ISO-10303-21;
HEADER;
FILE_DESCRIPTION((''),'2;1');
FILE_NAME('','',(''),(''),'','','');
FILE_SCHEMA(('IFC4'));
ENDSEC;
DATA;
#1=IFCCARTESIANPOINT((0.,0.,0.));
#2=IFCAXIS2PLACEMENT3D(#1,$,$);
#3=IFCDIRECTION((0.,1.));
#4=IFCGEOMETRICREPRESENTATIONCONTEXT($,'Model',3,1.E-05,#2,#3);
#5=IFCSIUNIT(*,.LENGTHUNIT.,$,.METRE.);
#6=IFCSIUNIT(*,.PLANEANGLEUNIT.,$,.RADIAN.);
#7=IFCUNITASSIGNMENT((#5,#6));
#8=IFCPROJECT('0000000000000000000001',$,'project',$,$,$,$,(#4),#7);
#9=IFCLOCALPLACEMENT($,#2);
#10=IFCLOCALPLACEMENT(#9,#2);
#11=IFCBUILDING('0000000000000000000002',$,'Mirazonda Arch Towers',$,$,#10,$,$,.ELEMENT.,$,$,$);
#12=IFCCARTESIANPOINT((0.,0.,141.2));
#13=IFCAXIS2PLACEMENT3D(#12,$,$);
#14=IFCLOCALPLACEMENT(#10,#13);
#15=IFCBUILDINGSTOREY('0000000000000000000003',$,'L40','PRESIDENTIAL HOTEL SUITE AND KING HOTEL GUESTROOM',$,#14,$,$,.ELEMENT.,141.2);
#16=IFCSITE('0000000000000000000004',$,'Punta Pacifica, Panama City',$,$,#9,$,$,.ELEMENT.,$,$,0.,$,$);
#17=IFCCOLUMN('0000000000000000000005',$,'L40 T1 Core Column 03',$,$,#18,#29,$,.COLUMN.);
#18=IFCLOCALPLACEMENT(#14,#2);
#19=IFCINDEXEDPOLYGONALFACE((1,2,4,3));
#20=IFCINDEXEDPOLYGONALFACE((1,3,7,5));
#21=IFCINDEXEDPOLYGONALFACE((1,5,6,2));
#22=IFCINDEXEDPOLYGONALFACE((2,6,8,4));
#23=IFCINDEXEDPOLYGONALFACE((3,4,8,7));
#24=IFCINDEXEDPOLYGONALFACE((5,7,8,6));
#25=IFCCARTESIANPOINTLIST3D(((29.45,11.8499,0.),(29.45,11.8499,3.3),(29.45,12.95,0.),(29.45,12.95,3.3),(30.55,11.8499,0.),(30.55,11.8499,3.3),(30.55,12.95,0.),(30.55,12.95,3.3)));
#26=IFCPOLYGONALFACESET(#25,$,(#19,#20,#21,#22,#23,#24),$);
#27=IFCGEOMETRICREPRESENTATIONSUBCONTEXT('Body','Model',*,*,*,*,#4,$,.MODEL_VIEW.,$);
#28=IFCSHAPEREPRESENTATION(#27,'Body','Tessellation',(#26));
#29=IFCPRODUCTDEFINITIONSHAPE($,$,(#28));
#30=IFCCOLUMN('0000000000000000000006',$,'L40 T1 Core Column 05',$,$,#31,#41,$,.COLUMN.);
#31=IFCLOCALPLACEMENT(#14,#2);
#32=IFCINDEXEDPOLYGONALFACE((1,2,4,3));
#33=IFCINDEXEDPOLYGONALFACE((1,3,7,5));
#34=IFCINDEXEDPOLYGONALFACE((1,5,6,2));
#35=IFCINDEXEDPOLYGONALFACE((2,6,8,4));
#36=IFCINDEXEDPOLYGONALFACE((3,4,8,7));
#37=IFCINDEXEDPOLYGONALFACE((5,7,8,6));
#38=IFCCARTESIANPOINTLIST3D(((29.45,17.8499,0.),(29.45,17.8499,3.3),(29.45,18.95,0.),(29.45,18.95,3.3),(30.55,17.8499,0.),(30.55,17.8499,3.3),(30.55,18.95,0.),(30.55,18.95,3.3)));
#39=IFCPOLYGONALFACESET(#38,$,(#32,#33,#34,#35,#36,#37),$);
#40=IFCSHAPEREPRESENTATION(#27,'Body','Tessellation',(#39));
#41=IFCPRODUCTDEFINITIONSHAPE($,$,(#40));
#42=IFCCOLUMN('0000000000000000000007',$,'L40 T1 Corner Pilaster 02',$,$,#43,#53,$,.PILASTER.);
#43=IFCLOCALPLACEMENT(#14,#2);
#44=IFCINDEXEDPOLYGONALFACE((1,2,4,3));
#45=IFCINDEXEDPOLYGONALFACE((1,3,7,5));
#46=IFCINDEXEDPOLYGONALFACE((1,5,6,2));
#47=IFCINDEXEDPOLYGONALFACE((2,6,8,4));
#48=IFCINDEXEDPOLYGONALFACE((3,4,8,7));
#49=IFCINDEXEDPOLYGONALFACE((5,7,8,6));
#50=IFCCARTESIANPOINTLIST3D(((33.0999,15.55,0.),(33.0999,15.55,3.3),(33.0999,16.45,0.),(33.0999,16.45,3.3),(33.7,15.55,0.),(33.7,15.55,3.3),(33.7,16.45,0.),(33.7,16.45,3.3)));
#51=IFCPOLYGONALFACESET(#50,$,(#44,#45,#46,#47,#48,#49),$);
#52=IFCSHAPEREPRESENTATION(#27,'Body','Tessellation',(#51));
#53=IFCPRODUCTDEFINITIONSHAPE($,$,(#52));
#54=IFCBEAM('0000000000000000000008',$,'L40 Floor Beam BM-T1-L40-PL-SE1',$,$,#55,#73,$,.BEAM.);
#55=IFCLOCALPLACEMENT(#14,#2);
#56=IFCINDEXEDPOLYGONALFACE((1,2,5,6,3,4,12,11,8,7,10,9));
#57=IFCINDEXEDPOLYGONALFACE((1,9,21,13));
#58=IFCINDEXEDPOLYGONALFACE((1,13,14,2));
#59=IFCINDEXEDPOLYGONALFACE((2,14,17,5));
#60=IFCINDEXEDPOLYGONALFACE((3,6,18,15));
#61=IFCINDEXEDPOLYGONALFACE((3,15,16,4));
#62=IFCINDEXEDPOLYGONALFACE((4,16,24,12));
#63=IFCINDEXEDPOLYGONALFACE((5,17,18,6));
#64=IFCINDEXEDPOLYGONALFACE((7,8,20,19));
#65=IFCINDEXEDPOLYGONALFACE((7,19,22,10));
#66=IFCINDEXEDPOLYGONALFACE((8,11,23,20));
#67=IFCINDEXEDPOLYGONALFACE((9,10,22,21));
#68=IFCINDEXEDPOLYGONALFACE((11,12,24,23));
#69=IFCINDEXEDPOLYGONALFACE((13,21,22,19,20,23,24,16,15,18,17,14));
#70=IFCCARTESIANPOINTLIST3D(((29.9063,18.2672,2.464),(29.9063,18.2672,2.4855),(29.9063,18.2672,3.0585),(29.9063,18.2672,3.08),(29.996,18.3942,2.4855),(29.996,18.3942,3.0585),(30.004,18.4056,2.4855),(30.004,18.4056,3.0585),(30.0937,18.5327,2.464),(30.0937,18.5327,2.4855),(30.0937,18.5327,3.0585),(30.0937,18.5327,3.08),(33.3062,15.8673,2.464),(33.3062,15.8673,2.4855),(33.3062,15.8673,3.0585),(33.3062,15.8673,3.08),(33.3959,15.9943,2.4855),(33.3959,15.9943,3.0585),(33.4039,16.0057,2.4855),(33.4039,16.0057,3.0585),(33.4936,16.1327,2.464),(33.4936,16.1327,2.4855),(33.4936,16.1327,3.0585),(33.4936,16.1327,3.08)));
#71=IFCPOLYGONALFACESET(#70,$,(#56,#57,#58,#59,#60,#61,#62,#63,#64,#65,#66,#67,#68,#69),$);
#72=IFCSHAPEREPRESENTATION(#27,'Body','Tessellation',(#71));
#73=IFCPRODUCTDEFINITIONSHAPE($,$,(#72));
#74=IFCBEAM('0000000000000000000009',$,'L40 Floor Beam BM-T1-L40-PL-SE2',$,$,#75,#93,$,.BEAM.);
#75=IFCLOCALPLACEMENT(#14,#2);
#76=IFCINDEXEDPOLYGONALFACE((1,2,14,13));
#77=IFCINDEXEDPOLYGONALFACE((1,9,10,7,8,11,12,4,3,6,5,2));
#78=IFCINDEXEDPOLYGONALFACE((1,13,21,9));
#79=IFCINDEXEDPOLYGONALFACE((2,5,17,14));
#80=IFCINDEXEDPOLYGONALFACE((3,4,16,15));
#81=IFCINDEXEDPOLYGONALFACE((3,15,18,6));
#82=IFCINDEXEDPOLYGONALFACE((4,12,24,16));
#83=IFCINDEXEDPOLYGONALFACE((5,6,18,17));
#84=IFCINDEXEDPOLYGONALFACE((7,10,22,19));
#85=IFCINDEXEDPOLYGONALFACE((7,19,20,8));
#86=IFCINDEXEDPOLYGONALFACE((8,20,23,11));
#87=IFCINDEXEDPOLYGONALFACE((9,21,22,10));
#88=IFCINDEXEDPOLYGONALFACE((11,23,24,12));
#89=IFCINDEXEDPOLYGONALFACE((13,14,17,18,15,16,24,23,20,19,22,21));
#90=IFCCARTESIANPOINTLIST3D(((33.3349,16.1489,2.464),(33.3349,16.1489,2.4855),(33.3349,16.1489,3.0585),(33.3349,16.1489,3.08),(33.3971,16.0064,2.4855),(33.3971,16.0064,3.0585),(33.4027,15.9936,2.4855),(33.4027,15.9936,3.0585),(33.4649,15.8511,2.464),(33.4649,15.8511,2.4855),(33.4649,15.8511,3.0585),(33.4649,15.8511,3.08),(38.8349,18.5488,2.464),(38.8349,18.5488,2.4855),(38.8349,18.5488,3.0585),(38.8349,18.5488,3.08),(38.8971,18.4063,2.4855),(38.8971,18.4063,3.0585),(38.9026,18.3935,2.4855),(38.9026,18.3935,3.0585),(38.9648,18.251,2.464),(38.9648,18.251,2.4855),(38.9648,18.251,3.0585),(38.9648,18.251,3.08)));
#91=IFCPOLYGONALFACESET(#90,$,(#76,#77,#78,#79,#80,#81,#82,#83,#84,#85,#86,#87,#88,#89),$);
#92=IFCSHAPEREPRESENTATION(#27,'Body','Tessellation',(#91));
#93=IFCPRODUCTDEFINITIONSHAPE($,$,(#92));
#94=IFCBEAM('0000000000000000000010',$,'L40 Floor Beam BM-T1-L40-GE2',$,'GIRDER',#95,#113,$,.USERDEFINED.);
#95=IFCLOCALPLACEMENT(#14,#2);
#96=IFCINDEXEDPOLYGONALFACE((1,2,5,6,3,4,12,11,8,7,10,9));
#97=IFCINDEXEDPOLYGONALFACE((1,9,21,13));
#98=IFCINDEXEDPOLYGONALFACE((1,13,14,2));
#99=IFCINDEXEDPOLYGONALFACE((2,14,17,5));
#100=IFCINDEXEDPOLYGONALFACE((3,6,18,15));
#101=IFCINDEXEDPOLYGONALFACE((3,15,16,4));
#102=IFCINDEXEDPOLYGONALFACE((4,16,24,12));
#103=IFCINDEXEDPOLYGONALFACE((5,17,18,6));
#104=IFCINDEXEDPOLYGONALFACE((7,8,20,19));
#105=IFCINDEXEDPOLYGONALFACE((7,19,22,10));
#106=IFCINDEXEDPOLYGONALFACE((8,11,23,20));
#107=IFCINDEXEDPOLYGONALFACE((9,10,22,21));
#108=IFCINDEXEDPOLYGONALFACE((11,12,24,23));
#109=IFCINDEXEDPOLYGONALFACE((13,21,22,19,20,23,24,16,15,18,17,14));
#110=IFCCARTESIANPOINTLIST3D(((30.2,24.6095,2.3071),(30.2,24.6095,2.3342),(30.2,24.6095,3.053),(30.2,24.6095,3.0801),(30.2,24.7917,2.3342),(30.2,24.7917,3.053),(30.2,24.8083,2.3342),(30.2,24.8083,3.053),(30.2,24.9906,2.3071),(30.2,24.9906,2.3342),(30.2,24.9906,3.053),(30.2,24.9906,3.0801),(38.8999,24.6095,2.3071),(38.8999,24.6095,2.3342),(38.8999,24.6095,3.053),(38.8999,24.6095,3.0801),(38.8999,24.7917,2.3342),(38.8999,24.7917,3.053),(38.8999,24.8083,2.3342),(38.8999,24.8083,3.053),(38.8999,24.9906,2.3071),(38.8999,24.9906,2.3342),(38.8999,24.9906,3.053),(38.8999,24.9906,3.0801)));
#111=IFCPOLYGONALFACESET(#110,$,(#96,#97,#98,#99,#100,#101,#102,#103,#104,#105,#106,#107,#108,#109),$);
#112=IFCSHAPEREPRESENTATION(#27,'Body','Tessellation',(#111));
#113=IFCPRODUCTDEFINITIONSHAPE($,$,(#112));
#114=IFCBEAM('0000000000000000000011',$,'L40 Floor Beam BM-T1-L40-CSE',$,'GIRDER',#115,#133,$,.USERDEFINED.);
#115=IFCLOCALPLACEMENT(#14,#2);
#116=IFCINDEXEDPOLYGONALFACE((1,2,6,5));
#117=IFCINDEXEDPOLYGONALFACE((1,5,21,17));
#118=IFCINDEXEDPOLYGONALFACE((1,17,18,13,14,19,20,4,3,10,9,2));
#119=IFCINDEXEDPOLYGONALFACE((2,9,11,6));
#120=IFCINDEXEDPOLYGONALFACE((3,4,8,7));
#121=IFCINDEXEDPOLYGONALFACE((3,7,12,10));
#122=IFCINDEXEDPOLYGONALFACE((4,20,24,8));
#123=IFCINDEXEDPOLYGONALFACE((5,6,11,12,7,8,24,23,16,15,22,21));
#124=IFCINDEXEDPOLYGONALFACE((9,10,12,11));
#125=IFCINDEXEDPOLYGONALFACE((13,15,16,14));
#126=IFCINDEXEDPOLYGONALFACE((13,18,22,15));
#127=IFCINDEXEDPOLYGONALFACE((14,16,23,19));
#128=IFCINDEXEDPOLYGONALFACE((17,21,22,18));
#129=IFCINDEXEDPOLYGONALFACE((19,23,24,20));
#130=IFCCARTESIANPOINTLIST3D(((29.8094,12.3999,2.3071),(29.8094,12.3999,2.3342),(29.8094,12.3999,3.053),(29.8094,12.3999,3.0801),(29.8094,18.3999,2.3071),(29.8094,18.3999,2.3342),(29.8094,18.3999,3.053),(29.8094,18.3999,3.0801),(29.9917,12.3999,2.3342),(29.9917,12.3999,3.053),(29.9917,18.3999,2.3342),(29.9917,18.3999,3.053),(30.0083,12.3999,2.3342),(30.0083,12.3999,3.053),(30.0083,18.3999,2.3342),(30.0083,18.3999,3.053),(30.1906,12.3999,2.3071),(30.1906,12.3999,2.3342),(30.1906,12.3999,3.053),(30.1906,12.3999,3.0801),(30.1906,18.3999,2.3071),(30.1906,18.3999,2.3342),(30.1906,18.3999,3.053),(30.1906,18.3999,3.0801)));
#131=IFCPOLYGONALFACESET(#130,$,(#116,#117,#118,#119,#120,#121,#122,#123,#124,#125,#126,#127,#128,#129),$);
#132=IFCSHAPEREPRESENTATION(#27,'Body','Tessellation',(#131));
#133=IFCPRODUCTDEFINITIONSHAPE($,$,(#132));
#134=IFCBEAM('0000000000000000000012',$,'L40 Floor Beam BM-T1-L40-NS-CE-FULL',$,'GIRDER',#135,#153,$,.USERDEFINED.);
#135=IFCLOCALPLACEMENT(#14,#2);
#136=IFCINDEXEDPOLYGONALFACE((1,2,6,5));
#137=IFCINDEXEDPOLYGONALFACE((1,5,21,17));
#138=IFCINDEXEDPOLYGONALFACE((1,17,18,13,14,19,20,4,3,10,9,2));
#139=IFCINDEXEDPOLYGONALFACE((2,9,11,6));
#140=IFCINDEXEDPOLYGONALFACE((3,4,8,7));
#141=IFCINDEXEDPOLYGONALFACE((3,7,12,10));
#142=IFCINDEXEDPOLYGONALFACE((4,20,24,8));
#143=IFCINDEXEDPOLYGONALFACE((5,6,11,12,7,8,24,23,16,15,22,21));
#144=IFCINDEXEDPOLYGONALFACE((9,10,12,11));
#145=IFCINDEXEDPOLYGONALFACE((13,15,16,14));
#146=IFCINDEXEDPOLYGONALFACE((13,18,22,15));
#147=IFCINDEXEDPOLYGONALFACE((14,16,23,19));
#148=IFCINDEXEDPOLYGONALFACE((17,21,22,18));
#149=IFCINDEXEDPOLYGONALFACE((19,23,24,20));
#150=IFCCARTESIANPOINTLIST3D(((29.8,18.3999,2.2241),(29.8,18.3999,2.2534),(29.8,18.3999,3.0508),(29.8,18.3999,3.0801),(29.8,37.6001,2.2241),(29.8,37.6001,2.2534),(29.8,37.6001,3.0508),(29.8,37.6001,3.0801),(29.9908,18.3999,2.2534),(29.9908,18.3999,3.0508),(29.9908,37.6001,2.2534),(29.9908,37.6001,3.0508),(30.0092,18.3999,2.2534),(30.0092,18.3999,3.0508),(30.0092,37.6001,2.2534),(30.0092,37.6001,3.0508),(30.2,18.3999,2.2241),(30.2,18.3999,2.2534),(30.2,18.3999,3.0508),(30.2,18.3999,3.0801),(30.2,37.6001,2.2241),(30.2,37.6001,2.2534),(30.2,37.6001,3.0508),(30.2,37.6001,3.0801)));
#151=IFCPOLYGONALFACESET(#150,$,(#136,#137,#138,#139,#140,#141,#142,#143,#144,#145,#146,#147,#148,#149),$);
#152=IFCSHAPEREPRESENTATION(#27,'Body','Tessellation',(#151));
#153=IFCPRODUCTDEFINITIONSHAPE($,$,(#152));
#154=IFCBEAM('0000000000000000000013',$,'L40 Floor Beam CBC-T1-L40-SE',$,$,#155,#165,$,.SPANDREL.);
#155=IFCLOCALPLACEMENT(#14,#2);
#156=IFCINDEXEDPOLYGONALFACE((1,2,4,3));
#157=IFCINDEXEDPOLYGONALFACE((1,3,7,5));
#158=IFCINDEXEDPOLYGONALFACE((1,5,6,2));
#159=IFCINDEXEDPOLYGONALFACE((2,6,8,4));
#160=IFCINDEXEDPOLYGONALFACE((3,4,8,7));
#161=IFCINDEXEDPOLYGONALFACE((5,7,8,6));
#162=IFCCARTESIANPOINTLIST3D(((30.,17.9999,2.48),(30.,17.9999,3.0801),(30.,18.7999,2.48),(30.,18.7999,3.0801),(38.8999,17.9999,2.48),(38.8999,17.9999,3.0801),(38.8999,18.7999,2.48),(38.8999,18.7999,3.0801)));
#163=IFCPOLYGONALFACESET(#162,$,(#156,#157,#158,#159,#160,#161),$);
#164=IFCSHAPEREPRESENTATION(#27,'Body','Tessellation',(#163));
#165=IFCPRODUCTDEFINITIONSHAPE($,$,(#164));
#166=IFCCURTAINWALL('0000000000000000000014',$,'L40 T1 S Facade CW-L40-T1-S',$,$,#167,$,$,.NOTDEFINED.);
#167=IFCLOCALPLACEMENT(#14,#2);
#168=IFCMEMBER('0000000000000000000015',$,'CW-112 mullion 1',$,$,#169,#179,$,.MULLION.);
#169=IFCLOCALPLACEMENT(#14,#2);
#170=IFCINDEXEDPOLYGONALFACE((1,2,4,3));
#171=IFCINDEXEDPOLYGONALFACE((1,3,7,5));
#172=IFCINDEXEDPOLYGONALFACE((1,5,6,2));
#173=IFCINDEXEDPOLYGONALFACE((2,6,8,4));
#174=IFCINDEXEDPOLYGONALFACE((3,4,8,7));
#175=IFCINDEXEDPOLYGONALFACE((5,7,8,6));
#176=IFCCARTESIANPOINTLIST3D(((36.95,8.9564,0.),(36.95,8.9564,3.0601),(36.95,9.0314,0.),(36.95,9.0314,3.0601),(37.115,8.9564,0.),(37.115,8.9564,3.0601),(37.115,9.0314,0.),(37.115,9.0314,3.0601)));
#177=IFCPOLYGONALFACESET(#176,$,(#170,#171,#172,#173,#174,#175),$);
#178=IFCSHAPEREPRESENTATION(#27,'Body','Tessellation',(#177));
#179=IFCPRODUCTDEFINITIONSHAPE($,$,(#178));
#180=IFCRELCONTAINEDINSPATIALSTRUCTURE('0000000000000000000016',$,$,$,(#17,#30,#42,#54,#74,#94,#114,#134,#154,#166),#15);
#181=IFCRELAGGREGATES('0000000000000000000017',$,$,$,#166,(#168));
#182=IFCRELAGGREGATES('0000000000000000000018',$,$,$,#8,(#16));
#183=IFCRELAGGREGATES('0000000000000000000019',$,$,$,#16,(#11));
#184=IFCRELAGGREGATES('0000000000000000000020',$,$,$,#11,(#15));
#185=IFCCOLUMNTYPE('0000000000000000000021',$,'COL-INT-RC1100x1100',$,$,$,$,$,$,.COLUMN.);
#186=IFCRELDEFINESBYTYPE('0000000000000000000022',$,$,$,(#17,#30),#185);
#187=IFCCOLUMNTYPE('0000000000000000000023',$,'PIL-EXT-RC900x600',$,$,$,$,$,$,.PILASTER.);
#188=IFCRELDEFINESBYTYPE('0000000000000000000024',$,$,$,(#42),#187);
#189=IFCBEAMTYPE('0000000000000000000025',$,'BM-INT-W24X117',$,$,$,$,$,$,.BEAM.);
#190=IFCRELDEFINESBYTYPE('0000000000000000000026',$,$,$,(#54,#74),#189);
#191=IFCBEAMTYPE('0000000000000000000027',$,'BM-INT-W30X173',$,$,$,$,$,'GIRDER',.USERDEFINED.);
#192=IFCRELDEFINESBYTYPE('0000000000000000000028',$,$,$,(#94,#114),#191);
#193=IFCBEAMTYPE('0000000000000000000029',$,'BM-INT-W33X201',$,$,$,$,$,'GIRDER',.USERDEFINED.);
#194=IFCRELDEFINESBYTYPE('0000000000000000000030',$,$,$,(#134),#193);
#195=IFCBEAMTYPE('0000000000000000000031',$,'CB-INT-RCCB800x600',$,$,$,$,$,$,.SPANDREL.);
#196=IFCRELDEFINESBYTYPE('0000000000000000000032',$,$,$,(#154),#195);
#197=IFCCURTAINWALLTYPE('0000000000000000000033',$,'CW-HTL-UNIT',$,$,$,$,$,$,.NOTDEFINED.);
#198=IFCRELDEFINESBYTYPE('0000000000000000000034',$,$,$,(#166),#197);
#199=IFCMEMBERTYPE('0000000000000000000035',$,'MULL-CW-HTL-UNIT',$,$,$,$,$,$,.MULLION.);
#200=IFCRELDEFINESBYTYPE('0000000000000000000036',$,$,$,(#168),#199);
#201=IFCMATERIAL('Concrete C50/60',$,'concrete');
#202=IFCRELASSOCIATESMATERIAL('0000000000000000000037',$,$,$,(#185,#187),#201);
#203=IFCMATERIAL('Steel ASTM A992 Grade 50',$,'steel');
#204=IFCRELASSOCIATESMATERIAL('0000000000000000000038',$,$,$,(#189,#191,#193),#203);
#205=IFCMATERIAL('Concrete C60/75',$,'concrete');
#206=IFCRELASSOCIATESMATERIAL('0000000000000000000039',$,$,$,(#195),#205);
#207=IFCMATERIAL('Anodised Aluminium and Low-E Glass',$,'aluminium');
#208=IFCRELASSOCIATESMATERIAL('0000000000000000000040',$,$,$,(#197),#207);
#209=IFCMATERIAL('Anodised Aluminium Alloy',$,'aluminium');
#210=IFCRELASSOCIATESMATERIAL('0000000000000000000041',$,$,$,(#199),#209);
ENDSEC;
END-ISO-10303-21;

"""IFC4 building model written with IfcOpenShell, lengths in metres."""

from ifc_helpers import new_model, si_unit, direction, frame, origin, origin_2d, place, context, subcontext, project, spatial, rectangle, i_section, extrude, material, material_profile, profile_set, type_object, element, aggregate, save


model = new_model("IFC4")

# Units and contexts
model_context = context("Model", 3, precision=1e-05, world=origin(), true_north=direction((0.0, 1.0)))
body_context = subcontext(model_context, "Body", "Model", "MODEL_VIEW")
ifc_project = project(units=[si_unit("LENGTHUNIT", "METRE"), si_unit("PLANEANGLEUNIT", "RADIAN")], contexts=[model_context])

# Site, building, storey
site_placement = place(None, origin())
site = spatial("IfcSite", under=ifc_project, at=site_placement, Name="Punta Pacifica, Panama City", CompositionType="ELEMENT", RefElevation=0.0)
building_placement = place(site_placement, origin())
building = spatial("IfcBuilding", under=site, at=building_placement, Name="Mirazonda Arch Towers", CompositionType="ELEMENT")
storey_placement = place(building_placement, frame((0.0, 0.0, 141.2)))
storey = spatial("IfcBuildingStorey", under=building, at=storey_placement, Name="L40", Description="PRESIDENTIAL HOTEL SUITE AND KING HOTEL GUESTROOM", CompositionType="ELEMENT", Elevation=141.2)

# Columns
ifc_material_1 = material(Name="Concrete C50/60", Category="concrete")
ifc_material_profile_1 = material_profile(ifc_material_1, rectangle(XDim=1.1001, YDim=1.1001, at=origin_2d()), Name="RC1100x1100")
ifc_profile_set_1 = profile_set([ifc_material_profile_1], Name="Concrete C50/60")
column_type_1 = type_object("IfcColumnType", Name="COL-INT-RC1100x1100", PredefinedType="COLUMN", material=ifc_profile_set_1)
for number, where, z_axis, x_axis, name in (
    (1, (30.0, 12.3999, 0.0), (0.0, 0.0, 1.0), (1.0, 0.0, 0.0), "L40 T1 Core Column 03"),
    (2, (30.0, 18.3999, 0.0), (0.0, 0.0, 1.0), (1.0, 0.0, 0.0), "L40 T1 Core Column 05"),
):
    element("IfcColumn", number, at=place(storey_placement, frame(where, z_axis=z_axis, x_axis=x_axis)), inside=storey, type_object=column_type_1, Name=name, PredefinedType="COLUMN", context=body_context, shape_type="SweptSolid", body=[
        extrude(rectangle(XDim=1.1001, YDim=1.1001, at=origin_2d()), origin(), (0.0, 0.0, 1.0), 3.3),
    ])
ifc_material_profile_2 = material_profile(ifc_material_1, rectangle(XDim=0.6001, YDim=0.8999, at=origin_2d()), Name="RC900x600")
ifc_profile_set_2 = profile_set([ifc_material_profile_2], Name="Concrete C50/60")
column_type_2 = type_object("IfcColumnType", Name="PIL-EXT-RC900x600", PredefinedType="PILASTER", material=ifc_profile_set_2)
column_placement = place(storey_placement, frame((33.3999, 16.0, 0.0), z_axis=(0.0, 0.0, 1.0), x_axis=(1.0, 0.0, 0.0)))
element("IfcColumn", 3, at=column_placement, inside=storey, type_object=column_type_2, Name="L40 T1 Corner Pilaster 02", PredefinedType="PILASTER", context=body_context, shape_type="SweptSolid", body=[
    extrude(rectangle(XDim=0.6001, YDim=0.8999, at=origin_2d()), origin(), (0.0, 0.0, 1.0), 3.3),
])

# Beams
ifc_material_2 = material(Name="Steel ASTM A992 Grade 50", Category="steel")
ifc_material_profile_3 = material_profile(ifc_material_2, i_section(OverallWidth=0.325, OverallDepth=0.616, WebThickness=0.0139, FlangeThickness=0.0215, at=origin_2d()), Name="W24X117")
ifc_profile_set_3 = profile_set([ifc_material_profile_3], Name="Steel ASTM A992 Grade 50")
beam_type_1 = type_object("IfcBeamType", Name="BM-INT-W24X117", PredefinedType="BEAM", material=ifc_profile_set_3)
beam_1_placement = place(storey_placement, frame((33.3999, 16.0, 2.772), z_axis=(-0.816971, 0.576679, 0.0), x_axis=(-0.576679, -0.816971, 0.0)))
element("IfcBeam", 4, at=beam_1_placement, inside=storey, type_object=beam_type_1, Name="L40 Floor Beam BM-T1-L40-PL-SE1", PredefinedType="BEAM", context=body_context, shape_type="SweptSolid", body=[
    extrude(i_section(OverallWidth=0.325, OverallDepth=0.616, WebThickness=0.0139, FlangeThickness=0.0215, at=origin_2d()), origin(), (0.0, 0.0, 1.0), 4.1616),
])
beam_2_placement = place(storey_placement, frame((33.3999, 16.0, 2.772), z_axis=(0.916545, 0.399931, 0.0), x_axis=(-0.399931, 0.916545, 0.0)))
element("IfcBeam", 5, at=beam_2_placement, inside=storey, type_object=beam_type_1, Name="L40 Floor Beam BM-T1-L40-PL-SE2", PredefinedType="BEAM", context=body_context, shape_type="SweptSolid", body=[
    extrude(i_section(OverallWidth=0.325, OverallDepth=0.616, WebThickness=0.0139, FlangeThickness=0.0215, at=origin_2d()), origin(), (0.0, 0.0, 1.0), 6.0007),
])
ifc_material_profile_4 = material_profile(ifc_material_2, i_section(OverallWidth=0.3811, OverallDepth=0.7729, WebThickness=0.0166, FlangeThickness=0.0271, at=origin_2d()), Name="W30X173")
ifc_profile_set_4 = profile_set([ifc_material_profile_4], Name="Steel ASTM A992 Grade 50")
beam_type_2 = type_object("IfcBeamType", Name="BM-INT-W30X173", ElementType="GIRDER", PredefinedType="USERDEFINED", material=ifc_profile_set_4)
beam_3_placement = place(storey_placement, frame((30.2, 24.8, 2.6936), z_axis=(1.0, 0.0, 0.0), x_axis=(0.0, 1.0, 0.0)))
element("IfcBeam", 6, at=beam_3_placement, inside=storey, type_object=beam_type_2, Name="L40 Floor Beam BM-T1-L40-GE2", ObjectType="GIRDER", PredefinedType="USERDEFINED", context=body_context, shape_type="SweptSolid", body=[
    extrude(i_section(OverallWidth=0.3811, OverallDepth=0.7729, WebThickness=0.0166, FlangeThickness=0.0271, at=origin_2d()), origin(), (0.0, 0.0, 1.0), 8.7),
])
beam_4_placement = place(storey_placement, frame((30.0, 12.3999, 2.6936), z_axis=(0.0, 1.0, 0.0), x_axis=(-1.0, 0.0, 0.0)))
element("IfcBeam", 7, at=beam_4_placement, inside=storey, type_object=beam_type_2, Name="L40 Floor Beam BM-T1-L40-CSE", ObjectType="GIRDER", PredefinedType="USERDEFINED", context=body_context, shape_type="SweptSolid", body=[
    extrude(i_section(OverallWidth=0.3811, OverallDepth=0.7729, WebThickness=0.0166, FlangeThickness=0.0271, at=origin_2d()), origin(), (0.0, 0.0, 1.0), 6.0),
])
ifc_material_profile_5 = material_profile(ifc_material_2, i_section(OverallWidth=0.3999, OverallDepth=0.856, WebThickness=0.0183, FlangeThickness=0.0293, at=origin_2d()), Name="W33X201")
ifc_profile_set_5 = profile_set([ifc_material_profile_5], Name="Steel ASTM A992 Grade 50")
beam_type_3 = type_object("IfcBeamType", Name="BM-INT-W33X201", ElementType="GIRDER", PredefinedType="USERDEFINED", material=ifc_profile_set_5)
beam_5_placement = place(storey_placement, frame((30.0, 18.3999, 2.6521), z_axis=(0.0, 1.0, 0.0), x_axis=(-1.0, 0.0, 0.0)))
element("IfcBeam", 8, at=beam_5_placement, inside=storey, type_object=beam_type_3, Name="L40 Floor Beam BM-T1-L40-NS-CE-FULL", ObjectType="GIRDER", PredefinedType="USERDEFINED", context=body_context, shape_type="SweptSolid", body=[
    extrude(i_section(OverallWidth=0.3999, OverallDepth=0.856, WebThickness=0.0183, FlangeThickness=0.0293, at=origin_2d()), origin(), (0.0, 0.0, 1.0), 19.2002),
])
ifc_material_3 = material(Name="Concrete C60/75", Category="concrete")
ifc_material_profile_6 = material_profile(ifc_material_3, rectangle(XDim=0.8, YDim=0.6001, at=origin_2d()), Name="RCCB800x600")
ifc_profile_set_6 = profile_set([ifc_material_profile_6], Name="Concrete C60/75")
beam_type_4 = type_object("IfcBeamType", Name="CB-INT-RCCB800x600", PredefinedType="SPANDREL", material=ifc_profile_set_6)
beam_6_placement = place(storey_placement, frame((30.0, 18.3999, 2.78), z_axis=(1.0, 0.0, 0.0), x_axis=(0.0, 1.0, 0.0)))
element("IfcBeam", 9, at=beam_6_placement, inside=storey, type_object=beam_type_4, Name="L40 Floor Beam CBC-T1-L40-SE", PredefinedType="SPANDREL", context=body_context, shape_type="SweptSolid", body=[
    extrude(rectangle(XDim=0.8, YDim=0.6001, at=origin_2d()), origin(), (0.0, 0.0, 1.0), 8.8999),
])

# Curtain wall, member
ifc_material_4 = material(Name="Anodised Aluminium and Low-E Glass", Category="aluminium")
curtain_wall_type = type_object("IfcCurtainWallType", Name="CW-HTL-UNIT", PredefinedType="NOTDEFINED", material=ifc_material_4)
curtain_wall_placement = place(storey_placement, origin())
curtain_wall = element("IfcCurtainWall", 10, at=curtain_wall_placement, inside=storey, type_object=curtain_wall_type, Name="L40 T1 S Facade CW-L40-T1-S", PredefinedType="NOTDEFINED")
ifc_material_5 = material(Name="Anodised Aluminium Alloy", Category="aluminium")
ifc_material_profile_7 = material_profile(ifc_material_5, rectangle(XDim=0.075, YDim=0.165, at=origin_2d()), Name="ALU-MULL-75x165")
ifc_profile_set_7 = profile_set([ifc_material_profile_7], Name="Anodised Aluminium Alloy")
member_type_1 = type_object("IfcMemberType", Name="MULL-CW-HTL-UNIT", PredefinedType="MULLION", material=ifc_profile_set_7)
member_1_placement = place(storey_placement, frame((37.0325, 8.9939, 0.0), z_axis=(0.0, 0.0, 1.0), x_axis=(0.0, -1.0, 0.0)))
member_1 = element("IfcMember", 11, at=member_1_placement, type_object=member_type_1, Name="CW-112 mullion 1", PredefinedType="MULLION", context=body_context, shape_type="SweptSolid", body=[
    extrude(rectangle(XDim=0.075, YDim=0.165, at=origin_2d()), origin(), (0.0, 0.0, 1.0), 3.0601),
])
aggregate(curtain_wall, [member_1])

save(model, "model.ifc")
